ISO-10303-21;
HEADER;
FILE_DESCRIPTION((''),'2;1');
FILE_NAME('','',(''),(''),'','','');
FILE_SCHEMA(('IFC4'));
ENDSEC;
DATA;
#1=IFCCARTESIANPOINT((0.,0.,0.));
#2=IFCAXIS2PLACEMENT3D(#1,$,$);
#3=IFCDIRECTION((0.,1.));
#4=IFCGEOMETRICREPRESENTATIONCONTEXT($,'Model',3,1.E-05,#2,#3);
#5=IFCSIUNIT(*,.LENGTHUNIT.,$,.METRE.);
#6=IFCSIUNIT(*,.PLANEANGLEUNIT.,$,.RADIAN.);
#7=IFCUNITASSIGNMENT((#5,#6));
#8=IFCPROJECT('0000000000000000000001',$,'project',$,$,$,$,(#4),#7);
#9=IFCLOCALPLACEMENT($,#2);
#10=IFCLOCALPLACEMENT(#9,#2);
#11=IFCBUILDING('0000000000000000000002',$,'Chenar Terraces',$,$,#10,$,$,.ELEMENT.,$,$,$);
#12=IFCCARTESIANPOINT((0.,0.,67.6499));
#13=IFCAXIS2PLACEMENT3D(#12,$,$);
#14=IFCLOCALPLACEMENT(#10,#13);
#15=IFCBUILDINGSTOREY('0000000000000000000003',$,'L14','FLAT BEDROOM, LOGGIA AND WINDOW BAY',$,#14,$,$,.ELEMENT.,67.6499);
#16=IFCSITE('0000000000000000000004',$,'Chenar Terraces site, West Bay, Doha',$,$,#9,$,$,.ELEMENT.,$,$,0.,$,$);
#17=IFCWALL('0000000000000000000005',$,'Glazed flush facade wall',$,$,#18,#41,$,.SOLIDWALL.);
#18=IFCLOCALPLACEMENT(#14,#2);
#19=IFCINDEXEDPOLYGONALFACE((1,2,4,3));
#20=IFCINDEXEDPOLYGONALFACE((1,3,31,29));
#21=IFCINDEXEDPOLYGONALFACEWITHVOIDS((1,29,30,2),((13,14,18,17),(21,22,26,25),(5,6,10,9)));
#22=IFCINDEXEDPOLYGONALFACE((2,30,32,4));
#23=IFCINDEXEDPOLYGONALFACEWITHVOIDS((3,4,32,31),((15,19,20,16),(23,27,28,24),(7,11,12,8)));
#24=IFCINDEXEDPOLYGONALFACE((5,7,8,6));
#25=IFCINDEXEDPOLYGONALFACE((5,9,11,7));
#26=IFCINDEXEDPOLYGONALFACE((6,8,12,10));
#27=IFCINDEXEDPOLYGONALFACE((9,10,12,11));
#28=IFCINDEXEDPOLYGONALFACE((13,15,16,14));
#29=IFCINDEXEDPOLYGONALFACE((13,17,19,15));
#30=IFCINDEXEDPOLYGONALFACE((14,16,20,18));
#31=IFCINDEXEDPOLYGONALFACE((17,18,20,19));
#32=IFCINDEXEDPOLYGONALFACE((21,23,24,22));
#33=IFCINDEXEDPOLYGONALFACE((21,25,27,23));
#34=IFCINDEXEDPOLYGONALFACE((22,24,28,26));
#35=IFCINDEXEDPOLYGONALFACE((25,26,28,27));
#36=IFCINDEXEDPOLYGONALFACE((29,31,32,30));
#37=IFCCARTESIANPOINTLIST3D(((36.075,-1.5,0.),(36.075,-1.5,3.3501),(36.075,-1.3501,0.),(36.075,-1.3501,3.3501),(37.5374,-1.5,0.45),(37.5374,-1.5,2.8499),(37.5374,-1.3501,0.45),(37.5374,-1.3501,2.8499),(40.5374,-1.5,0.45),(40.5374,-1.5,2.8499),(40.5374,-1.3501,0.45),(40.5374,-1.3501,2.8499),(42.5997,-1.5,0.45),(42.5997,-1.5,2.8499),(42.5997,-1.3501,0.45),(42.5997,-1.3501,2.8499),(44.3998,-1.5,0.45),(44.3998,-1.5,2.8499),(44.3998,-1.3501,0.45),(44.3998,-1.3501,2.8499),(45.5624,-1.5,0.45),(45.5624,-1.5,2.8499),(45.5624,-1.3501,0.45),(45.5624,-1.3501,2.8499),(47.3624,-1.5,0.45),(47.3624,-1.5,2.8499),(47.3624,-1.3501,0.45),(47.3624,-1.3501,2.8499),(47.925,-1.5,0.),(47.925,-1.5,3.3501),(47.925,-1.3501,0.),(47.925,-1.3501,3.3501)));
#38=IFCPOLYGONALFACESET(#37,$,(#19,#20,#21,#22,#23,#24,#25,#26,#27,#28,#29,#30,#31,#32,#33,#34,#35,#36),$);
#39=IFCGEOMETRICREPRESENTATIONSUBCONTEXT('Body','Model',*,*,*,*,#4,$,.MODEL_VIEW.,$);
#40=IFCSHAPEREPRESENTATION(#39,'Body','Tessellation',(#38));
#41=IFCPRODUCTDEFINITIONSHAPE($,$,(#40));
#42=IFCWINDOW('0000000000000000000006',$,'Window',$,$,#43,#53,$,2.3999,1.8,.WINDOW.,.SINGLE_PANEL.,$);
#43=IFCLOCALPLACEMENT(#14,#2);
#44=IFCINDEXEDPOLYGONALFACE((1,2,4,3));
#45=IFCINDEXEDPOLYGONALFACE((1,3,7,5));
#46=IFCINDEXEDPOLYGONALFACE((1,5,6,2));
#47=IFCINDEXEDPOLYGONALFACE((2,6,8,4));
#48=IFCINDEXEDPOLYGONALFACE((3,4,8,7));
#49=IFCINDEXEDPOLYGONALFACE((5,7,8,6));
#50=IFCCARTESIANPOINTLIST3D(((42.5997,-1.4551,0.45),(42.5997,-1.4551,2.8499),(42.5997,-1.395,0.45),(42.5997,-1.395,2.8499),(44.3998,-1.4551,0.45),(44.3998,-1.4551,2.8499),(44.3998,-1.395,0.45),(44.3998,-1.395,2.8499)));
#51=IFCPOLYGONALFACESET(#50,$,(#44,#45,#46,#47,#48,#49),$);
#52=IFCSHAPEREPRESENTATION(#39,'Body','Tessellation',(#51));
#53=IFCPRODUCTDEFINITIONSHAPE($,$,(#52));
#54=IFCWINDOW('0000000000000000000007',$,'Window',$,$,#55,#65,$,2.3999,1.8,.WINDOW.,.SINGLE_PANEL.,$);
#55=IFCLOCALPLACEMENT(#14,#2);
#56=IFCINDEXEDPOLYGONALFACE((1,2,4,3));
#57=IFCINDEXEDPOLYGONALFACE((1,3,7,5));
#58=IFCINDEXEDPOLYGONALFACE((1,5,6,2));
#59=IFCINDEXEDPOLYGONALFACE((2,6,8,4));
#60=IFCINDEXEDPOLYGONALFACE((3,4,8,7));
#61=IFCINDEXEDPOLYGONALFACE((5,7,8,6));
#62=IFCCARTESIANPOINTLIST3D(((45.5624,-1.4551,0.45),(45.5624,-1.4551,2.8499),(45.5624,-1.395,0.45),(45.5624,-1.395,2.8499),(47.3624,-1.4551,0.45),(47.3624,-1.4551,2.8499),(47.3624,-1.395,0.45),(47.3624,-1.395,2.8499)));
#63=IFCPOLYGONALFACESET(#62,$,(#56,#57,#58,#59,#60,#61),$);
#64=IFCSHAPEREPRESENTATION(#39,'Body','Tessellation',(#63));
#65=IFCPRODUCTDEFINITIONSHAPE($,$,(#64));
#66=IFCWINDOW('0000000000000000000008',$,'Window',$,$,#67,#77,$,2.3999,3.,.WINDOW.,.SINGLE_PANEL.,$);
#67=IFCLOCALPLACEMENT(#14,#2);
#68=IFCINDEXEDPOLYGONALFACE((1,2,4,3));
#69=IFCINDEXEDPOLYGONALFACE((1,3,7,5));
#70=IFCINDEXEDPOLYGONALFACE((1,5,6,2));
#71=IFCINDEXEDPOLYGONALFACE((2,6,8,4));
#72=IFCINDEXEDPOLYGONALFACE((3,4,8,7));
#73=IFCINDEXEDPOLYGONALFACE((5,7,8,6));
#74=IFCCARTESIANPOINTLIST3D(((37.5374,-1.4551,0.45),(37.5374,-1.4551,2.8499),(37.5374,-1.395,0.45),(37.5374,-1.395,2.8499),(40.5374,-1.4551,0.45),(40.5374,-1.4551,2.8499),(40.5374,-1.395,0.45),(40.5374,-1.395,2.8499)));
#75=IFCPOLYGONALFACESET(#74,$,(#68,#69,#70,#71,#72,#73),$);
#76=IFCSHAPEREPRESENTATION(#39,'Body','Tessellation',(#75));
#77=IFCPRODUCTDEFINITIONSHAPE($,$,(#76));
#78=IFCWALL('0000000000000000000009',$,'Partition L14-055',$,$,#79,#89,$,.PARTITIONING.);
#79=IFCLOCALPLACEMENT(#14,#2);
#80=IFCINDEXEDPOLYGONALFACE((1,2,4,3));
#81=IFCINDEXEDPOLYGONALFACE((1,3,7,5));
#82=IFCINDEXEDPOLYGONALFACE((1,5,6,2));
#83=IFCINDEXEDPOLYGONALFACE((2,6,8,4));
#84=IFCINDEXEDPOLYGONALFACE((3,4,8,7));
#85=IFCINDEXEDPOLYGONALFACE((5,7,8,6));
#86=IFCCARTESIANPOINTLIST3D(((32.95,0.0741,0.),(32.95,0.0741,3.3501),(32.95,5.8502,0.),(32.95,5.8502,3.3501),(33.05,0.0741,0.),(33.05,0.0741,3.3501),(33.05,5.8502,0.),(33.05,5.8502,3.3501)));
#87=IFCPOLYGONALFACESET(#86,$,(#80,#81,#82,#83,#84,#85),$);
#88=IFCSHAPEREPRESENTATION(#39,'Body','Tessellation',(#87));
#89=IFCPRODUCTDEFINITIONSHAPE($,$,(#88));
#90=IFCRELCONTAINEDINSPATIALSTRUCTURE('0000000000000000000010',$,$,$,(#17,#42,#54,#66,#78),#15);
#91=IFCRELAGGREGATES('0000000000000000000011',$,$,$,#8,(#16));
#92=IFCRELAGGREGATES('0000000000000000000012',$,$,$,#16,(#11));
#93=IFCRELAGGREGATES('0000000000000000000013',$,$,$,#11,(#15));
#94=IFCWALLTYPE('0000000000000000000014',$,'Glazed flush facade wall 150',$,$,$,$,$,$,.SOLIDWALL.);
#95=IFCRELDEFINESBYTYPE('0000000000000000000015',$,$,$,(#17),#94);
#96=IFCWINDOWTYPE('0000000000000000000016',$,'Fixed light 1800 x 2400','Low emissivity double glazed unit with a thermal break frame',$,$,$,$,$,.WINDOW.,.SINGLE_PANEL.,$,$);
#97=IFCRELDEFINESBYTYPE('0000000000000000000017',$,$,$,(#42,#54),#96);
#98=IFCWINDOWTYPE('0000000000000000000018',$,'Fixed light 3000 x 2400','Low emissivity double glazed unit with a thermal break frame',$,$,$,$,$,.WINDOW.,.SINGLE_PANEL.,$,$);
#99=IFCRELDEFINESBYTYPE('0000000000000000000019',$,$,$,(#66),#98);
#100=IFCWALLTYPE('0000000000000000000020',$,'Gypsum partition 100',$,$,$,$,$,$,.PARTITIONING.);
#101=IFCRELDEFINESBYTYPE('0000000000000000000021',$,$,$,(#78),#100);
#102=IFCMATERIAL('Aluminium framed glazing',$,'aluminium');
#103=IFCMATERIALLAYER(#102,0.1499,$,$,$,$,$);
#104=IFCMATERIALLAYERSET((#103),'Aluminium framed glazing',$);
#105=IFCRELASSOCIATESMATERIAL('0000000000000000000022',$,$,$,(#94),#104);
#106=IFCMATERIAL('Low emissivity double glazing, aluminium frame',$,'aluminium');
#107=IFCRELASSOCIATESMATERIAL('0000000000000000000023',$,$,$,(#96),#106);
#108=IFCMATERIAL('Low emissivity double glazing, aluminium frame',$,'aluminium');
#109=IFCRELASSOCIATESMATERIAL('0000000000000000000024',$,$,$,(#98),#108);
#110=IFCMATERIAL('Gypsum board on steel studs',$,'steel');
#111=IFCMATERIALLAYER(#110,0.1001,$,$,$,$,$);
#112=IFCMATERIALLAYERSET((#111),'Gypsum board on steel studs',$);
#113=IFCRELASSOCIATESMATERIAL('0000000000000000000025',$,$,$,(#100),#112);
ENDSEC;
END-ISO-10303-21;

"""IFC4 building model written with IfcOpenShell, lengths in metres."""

from ifc_helpers import new_model, si_unit, direction, frame, frame_2d, origin, place, context, subcontext, project, spatial, rectangle, extrude, material, layer, layer_set, type_object, element, fill, save


model = new_model("IFC4")

# Units and contexts
model_context = context("Model", 3, precision=1e-05, world=origin(), true_north=direction((0.0, 1.0)))
body_context = subcontext(model_context, "Body", "Model", "MODEL_VIEW")
ifc_project = project(units=[si_unit("LENGTHUNIT", "METRE"), si_unit("PLANEANGLEUNIT", "RADIAN")], contexts=[model_context])

# Site, building, storey
site_placement = place(None, origin())
site = spatial("IfcSite", under=ifc_project, at=site_placement, Name="Chenar Terraces site, West Bay, Doha", CompositionType="ELEMENT", RefElevation=0.0)
building_placement = place(site_placement, origin())
building = spatial("IfcBuilding", under=site, at=building_placement, Name="Chenar Terraces", CompositionType="ELEMENT")
storey_placement = place(building_placement, frame((0.0, 0.0, 67.6499)))
storey = spatial("IfcBuildingStorey", under=building, at=storey_placement, Name="L14", Description="FLAT BEDROOM, LOGGIA AND WINDOW BAY", CompositionType="ELEMENT", Elevation=67.6499)

# Wall, openings, windows
ifc_material_1 = material(Name="Aluminium framed glazing", Category="aluminium")
ifc_layer_1 = layer(ifc_material_1, 0.1499)
ifc_layer_set_1 = layer_set([ifc_layer_1], Name="Aluminium framed glazing")
wall_type_1 = type_object("IfcWallType", Name="Glazed flush facade wall 150", PredefinedType="SOLIDWALL", material=ifc_layer_set_1)
wall_1_placement = place(storey_placement, frame((36.075, -1.425, 0.0), z_axis=(0.0, 0.0, 1.0), x_axis=(1.0, 0.0, 0.0)))
wall_1 = element("IfcWall", 1, at=wall_1_placement, inside=storey, type_object=wall_type_1, Name="Glazed flush facade wall", PredefinedType="SOLIDWALL", context=body_context, shape_type="SweptSolid", body=[
    extrude(rectangle(XDim=11.8501, YDim=0.1499, at=frame_2d((5.925, 0.0))), origin(), (0.0, 0.0, 1.0), 3.3501),
])
opening_1_placement = place(wall_1_placement, frame((1.4624, 0.0, 0.45)))
opening_1 = element("IfcOpeningElement", 2, at=opening_1_placement, cuts=wall_1, PredefinedType="OPENING", context=body_context, shape_type="SweptSolid", body=[
    extrude(rectangle(XDim=3.0, YDim=2.3999, at=frame_2d((1.5, 1.2))), frame((0.0, 0.085, 0.0), z_axis=(0.0, -1.0, 0.0), x_axis=(1.0, 0.0, 0.0)), (0.0, 0.0, 1.0), 0.1699),
])
opening_2_placement = place(wall_1_placement, frame((6.5249, 0.0, 0.45)))
opening_2 = element("IfcOpeningElement", 3, at=opening_2_placement, cuts=wall_1, PredefinedType="OPENING", context=body_context, shape_type="SweptSolid", body=[
    extrude(rectangle(XDim=1.8, YDim=2.3999, at=frame_2d((0.8999, 1.2))), frame((0.0, 0.085, 0.0), z_axis=(0.0, -1.0, 0.0), x_axis=(1.0, 0.0, 0.0)), (0.0, 0.0, 1.0), 0.1699),
])
opening_3_placement = place(wall_1_placement, frame((9.4875, 0.0, 0.45)))
opening_3 = element("IfcOpeningElement", 4, at=opening_3_placement, cuts=wall_1, PredefinedType="OPENING", context=body_context, shape_type="SweptSolid", body=[
    extrude(rectangle(XDim=1.8, YDim=2.3999, at=frame_2d((0.8999, 1.2))), frame((0.0, 0.085, 0.0), z_axis=(0.0, -1.0, 0.0), x_axis=(1.0, 0.0, 0.0)), (0.0, 0.0, 1.0), 0.1699),
])
ifc_material_2 = material(Name="Low emissivity double glazing, aluminium frame", Category="aluminium")
window_type_1 = type_object("IfcWindowType", Name="Fixed light 1800 x 2400", Description="Low emissivity double glazed unit with a thermal break frame", PartitioningType="SINGLE_PANEL", PredefinedType="WINDOW", material=ifc_material_2)
window_1_placement = place(opening_2_placement, origin())
window_1 = element("IfcWindow", 5, at=window_1_placement, inside=storey, type_object=window_type_1, Name="Window", OverallHeight=2.3999, OverallWidth=1.8, PartitioningType="SINGLE_PANEL", PredefinedType="WINDOW", context=body_context, shape_type="SweptSolid", body=[
    extrude(rectangle(XDim=1.8, YDim=2.3999, at=frame_2d((0.8999, 1.2))), frame((0.0, 0.03, 0.0), z_axis=(0.0, -1.0, 0.0), x_axis=(1.0, 0.0, 0.0)), (0.0, 0.0, 1.0), 0.0601),
])
fill(opening_2, window_1)
window_2_placement = place(opening_3_placement, origin())
window_2 = element("IfcWindow", 6, at=window_2_placement, inside=storey, type_object=window_type_1, Name="Window", OverallHeight=2.3999, OverallWidth=1.8, PartitioningType="SINGLE_PANEL", PredefinedType="WINDOW", context=body_context, shape_type="SweptSolid", body=[
    extrude(rectangle(XDim=1.8, YDim=2.3999, at=frame_2d((0.8999, 1.2))), frame((0.0, 0.03, 0.0), z_axis=(0.0, -1.0, 0.0), x_axis=(1.0, 0.0, 0.0)), (0.0, 0.0, 1.0), 0.0601),
])
fill(opening_3, window_2)
ifc_material_3 = material(Name="Low emissivity double glazing, aluminium frame", Category="aluminium")
window_type_2 = type_object("IfcWindowType", Name="Fixed light 3000 x 2400", Description="Low emissivity double glazed unit with a thermal break frame", PartitioningType="SINGLE_PANEL", PredefinedType="WINDOW", material=ifc_material_3)
window_3_placement = place(opening_1_placement, origin())
window_3 = element("IfcWindow", 7, at=window_3_placement, inside=storey, type_object=window_type_2, Name="Window", OverallHeight=2.3999, OverallWidth=3.0, PartitioningType="SINGLE_PANEL", PredefinedType="WINDOW", context=body_context, shape_type="SweptSolid", body=[
    extrude(rectangle(XDim=3.0, YDim=2.3999, at=frame_2d((1.5, 1.2))), frame((0.0, 0.03, 0.0), z_axis=(0.0, -1.0, 0.0), x_axis=(1.0, 0.0, 0.0)), (0.0, 0.0, 1.0), 0.0601),
])
fill(opening_1, window_3)

# Wall
ifc_material_4 = material(Name="Gypsum board on steel studs", Category="steel")
ifc_layer_2 = layer(ifc_material_4, 0.1001)
ifc_layer_set_2 = layer_set([ifc_layer_2], Name="Gypsum board on steel studs")
wall_type_2 = type_object("IfcWallType", Name="Gypsum partition 100", PredefinedType="PARTITIONING", material=ifc_layer_set_2)
wall_2_placement = place(storey_placement, frame((33.0, 0.074, 0.0), z_axis=(0.0, 0.0, 1.0), x_axis=(0.0, 1.0, 0.0)))
element("IfcWall", 8, at=wall_2_placement, inside=storey, type_object=wall_type_2, Name="Partition L14-055", PredefinedType="PARTITIONING", context=body_context, shape_type="SweptSolid", body=[
    extrude(rectangle(XDim=5.7761, YDim=0.1001, at=frame_2d((2.8882, 0.0))), origin(), (0.0, 0.0, 1.0), 3.3501),
])

save(model, "model.ifc")
